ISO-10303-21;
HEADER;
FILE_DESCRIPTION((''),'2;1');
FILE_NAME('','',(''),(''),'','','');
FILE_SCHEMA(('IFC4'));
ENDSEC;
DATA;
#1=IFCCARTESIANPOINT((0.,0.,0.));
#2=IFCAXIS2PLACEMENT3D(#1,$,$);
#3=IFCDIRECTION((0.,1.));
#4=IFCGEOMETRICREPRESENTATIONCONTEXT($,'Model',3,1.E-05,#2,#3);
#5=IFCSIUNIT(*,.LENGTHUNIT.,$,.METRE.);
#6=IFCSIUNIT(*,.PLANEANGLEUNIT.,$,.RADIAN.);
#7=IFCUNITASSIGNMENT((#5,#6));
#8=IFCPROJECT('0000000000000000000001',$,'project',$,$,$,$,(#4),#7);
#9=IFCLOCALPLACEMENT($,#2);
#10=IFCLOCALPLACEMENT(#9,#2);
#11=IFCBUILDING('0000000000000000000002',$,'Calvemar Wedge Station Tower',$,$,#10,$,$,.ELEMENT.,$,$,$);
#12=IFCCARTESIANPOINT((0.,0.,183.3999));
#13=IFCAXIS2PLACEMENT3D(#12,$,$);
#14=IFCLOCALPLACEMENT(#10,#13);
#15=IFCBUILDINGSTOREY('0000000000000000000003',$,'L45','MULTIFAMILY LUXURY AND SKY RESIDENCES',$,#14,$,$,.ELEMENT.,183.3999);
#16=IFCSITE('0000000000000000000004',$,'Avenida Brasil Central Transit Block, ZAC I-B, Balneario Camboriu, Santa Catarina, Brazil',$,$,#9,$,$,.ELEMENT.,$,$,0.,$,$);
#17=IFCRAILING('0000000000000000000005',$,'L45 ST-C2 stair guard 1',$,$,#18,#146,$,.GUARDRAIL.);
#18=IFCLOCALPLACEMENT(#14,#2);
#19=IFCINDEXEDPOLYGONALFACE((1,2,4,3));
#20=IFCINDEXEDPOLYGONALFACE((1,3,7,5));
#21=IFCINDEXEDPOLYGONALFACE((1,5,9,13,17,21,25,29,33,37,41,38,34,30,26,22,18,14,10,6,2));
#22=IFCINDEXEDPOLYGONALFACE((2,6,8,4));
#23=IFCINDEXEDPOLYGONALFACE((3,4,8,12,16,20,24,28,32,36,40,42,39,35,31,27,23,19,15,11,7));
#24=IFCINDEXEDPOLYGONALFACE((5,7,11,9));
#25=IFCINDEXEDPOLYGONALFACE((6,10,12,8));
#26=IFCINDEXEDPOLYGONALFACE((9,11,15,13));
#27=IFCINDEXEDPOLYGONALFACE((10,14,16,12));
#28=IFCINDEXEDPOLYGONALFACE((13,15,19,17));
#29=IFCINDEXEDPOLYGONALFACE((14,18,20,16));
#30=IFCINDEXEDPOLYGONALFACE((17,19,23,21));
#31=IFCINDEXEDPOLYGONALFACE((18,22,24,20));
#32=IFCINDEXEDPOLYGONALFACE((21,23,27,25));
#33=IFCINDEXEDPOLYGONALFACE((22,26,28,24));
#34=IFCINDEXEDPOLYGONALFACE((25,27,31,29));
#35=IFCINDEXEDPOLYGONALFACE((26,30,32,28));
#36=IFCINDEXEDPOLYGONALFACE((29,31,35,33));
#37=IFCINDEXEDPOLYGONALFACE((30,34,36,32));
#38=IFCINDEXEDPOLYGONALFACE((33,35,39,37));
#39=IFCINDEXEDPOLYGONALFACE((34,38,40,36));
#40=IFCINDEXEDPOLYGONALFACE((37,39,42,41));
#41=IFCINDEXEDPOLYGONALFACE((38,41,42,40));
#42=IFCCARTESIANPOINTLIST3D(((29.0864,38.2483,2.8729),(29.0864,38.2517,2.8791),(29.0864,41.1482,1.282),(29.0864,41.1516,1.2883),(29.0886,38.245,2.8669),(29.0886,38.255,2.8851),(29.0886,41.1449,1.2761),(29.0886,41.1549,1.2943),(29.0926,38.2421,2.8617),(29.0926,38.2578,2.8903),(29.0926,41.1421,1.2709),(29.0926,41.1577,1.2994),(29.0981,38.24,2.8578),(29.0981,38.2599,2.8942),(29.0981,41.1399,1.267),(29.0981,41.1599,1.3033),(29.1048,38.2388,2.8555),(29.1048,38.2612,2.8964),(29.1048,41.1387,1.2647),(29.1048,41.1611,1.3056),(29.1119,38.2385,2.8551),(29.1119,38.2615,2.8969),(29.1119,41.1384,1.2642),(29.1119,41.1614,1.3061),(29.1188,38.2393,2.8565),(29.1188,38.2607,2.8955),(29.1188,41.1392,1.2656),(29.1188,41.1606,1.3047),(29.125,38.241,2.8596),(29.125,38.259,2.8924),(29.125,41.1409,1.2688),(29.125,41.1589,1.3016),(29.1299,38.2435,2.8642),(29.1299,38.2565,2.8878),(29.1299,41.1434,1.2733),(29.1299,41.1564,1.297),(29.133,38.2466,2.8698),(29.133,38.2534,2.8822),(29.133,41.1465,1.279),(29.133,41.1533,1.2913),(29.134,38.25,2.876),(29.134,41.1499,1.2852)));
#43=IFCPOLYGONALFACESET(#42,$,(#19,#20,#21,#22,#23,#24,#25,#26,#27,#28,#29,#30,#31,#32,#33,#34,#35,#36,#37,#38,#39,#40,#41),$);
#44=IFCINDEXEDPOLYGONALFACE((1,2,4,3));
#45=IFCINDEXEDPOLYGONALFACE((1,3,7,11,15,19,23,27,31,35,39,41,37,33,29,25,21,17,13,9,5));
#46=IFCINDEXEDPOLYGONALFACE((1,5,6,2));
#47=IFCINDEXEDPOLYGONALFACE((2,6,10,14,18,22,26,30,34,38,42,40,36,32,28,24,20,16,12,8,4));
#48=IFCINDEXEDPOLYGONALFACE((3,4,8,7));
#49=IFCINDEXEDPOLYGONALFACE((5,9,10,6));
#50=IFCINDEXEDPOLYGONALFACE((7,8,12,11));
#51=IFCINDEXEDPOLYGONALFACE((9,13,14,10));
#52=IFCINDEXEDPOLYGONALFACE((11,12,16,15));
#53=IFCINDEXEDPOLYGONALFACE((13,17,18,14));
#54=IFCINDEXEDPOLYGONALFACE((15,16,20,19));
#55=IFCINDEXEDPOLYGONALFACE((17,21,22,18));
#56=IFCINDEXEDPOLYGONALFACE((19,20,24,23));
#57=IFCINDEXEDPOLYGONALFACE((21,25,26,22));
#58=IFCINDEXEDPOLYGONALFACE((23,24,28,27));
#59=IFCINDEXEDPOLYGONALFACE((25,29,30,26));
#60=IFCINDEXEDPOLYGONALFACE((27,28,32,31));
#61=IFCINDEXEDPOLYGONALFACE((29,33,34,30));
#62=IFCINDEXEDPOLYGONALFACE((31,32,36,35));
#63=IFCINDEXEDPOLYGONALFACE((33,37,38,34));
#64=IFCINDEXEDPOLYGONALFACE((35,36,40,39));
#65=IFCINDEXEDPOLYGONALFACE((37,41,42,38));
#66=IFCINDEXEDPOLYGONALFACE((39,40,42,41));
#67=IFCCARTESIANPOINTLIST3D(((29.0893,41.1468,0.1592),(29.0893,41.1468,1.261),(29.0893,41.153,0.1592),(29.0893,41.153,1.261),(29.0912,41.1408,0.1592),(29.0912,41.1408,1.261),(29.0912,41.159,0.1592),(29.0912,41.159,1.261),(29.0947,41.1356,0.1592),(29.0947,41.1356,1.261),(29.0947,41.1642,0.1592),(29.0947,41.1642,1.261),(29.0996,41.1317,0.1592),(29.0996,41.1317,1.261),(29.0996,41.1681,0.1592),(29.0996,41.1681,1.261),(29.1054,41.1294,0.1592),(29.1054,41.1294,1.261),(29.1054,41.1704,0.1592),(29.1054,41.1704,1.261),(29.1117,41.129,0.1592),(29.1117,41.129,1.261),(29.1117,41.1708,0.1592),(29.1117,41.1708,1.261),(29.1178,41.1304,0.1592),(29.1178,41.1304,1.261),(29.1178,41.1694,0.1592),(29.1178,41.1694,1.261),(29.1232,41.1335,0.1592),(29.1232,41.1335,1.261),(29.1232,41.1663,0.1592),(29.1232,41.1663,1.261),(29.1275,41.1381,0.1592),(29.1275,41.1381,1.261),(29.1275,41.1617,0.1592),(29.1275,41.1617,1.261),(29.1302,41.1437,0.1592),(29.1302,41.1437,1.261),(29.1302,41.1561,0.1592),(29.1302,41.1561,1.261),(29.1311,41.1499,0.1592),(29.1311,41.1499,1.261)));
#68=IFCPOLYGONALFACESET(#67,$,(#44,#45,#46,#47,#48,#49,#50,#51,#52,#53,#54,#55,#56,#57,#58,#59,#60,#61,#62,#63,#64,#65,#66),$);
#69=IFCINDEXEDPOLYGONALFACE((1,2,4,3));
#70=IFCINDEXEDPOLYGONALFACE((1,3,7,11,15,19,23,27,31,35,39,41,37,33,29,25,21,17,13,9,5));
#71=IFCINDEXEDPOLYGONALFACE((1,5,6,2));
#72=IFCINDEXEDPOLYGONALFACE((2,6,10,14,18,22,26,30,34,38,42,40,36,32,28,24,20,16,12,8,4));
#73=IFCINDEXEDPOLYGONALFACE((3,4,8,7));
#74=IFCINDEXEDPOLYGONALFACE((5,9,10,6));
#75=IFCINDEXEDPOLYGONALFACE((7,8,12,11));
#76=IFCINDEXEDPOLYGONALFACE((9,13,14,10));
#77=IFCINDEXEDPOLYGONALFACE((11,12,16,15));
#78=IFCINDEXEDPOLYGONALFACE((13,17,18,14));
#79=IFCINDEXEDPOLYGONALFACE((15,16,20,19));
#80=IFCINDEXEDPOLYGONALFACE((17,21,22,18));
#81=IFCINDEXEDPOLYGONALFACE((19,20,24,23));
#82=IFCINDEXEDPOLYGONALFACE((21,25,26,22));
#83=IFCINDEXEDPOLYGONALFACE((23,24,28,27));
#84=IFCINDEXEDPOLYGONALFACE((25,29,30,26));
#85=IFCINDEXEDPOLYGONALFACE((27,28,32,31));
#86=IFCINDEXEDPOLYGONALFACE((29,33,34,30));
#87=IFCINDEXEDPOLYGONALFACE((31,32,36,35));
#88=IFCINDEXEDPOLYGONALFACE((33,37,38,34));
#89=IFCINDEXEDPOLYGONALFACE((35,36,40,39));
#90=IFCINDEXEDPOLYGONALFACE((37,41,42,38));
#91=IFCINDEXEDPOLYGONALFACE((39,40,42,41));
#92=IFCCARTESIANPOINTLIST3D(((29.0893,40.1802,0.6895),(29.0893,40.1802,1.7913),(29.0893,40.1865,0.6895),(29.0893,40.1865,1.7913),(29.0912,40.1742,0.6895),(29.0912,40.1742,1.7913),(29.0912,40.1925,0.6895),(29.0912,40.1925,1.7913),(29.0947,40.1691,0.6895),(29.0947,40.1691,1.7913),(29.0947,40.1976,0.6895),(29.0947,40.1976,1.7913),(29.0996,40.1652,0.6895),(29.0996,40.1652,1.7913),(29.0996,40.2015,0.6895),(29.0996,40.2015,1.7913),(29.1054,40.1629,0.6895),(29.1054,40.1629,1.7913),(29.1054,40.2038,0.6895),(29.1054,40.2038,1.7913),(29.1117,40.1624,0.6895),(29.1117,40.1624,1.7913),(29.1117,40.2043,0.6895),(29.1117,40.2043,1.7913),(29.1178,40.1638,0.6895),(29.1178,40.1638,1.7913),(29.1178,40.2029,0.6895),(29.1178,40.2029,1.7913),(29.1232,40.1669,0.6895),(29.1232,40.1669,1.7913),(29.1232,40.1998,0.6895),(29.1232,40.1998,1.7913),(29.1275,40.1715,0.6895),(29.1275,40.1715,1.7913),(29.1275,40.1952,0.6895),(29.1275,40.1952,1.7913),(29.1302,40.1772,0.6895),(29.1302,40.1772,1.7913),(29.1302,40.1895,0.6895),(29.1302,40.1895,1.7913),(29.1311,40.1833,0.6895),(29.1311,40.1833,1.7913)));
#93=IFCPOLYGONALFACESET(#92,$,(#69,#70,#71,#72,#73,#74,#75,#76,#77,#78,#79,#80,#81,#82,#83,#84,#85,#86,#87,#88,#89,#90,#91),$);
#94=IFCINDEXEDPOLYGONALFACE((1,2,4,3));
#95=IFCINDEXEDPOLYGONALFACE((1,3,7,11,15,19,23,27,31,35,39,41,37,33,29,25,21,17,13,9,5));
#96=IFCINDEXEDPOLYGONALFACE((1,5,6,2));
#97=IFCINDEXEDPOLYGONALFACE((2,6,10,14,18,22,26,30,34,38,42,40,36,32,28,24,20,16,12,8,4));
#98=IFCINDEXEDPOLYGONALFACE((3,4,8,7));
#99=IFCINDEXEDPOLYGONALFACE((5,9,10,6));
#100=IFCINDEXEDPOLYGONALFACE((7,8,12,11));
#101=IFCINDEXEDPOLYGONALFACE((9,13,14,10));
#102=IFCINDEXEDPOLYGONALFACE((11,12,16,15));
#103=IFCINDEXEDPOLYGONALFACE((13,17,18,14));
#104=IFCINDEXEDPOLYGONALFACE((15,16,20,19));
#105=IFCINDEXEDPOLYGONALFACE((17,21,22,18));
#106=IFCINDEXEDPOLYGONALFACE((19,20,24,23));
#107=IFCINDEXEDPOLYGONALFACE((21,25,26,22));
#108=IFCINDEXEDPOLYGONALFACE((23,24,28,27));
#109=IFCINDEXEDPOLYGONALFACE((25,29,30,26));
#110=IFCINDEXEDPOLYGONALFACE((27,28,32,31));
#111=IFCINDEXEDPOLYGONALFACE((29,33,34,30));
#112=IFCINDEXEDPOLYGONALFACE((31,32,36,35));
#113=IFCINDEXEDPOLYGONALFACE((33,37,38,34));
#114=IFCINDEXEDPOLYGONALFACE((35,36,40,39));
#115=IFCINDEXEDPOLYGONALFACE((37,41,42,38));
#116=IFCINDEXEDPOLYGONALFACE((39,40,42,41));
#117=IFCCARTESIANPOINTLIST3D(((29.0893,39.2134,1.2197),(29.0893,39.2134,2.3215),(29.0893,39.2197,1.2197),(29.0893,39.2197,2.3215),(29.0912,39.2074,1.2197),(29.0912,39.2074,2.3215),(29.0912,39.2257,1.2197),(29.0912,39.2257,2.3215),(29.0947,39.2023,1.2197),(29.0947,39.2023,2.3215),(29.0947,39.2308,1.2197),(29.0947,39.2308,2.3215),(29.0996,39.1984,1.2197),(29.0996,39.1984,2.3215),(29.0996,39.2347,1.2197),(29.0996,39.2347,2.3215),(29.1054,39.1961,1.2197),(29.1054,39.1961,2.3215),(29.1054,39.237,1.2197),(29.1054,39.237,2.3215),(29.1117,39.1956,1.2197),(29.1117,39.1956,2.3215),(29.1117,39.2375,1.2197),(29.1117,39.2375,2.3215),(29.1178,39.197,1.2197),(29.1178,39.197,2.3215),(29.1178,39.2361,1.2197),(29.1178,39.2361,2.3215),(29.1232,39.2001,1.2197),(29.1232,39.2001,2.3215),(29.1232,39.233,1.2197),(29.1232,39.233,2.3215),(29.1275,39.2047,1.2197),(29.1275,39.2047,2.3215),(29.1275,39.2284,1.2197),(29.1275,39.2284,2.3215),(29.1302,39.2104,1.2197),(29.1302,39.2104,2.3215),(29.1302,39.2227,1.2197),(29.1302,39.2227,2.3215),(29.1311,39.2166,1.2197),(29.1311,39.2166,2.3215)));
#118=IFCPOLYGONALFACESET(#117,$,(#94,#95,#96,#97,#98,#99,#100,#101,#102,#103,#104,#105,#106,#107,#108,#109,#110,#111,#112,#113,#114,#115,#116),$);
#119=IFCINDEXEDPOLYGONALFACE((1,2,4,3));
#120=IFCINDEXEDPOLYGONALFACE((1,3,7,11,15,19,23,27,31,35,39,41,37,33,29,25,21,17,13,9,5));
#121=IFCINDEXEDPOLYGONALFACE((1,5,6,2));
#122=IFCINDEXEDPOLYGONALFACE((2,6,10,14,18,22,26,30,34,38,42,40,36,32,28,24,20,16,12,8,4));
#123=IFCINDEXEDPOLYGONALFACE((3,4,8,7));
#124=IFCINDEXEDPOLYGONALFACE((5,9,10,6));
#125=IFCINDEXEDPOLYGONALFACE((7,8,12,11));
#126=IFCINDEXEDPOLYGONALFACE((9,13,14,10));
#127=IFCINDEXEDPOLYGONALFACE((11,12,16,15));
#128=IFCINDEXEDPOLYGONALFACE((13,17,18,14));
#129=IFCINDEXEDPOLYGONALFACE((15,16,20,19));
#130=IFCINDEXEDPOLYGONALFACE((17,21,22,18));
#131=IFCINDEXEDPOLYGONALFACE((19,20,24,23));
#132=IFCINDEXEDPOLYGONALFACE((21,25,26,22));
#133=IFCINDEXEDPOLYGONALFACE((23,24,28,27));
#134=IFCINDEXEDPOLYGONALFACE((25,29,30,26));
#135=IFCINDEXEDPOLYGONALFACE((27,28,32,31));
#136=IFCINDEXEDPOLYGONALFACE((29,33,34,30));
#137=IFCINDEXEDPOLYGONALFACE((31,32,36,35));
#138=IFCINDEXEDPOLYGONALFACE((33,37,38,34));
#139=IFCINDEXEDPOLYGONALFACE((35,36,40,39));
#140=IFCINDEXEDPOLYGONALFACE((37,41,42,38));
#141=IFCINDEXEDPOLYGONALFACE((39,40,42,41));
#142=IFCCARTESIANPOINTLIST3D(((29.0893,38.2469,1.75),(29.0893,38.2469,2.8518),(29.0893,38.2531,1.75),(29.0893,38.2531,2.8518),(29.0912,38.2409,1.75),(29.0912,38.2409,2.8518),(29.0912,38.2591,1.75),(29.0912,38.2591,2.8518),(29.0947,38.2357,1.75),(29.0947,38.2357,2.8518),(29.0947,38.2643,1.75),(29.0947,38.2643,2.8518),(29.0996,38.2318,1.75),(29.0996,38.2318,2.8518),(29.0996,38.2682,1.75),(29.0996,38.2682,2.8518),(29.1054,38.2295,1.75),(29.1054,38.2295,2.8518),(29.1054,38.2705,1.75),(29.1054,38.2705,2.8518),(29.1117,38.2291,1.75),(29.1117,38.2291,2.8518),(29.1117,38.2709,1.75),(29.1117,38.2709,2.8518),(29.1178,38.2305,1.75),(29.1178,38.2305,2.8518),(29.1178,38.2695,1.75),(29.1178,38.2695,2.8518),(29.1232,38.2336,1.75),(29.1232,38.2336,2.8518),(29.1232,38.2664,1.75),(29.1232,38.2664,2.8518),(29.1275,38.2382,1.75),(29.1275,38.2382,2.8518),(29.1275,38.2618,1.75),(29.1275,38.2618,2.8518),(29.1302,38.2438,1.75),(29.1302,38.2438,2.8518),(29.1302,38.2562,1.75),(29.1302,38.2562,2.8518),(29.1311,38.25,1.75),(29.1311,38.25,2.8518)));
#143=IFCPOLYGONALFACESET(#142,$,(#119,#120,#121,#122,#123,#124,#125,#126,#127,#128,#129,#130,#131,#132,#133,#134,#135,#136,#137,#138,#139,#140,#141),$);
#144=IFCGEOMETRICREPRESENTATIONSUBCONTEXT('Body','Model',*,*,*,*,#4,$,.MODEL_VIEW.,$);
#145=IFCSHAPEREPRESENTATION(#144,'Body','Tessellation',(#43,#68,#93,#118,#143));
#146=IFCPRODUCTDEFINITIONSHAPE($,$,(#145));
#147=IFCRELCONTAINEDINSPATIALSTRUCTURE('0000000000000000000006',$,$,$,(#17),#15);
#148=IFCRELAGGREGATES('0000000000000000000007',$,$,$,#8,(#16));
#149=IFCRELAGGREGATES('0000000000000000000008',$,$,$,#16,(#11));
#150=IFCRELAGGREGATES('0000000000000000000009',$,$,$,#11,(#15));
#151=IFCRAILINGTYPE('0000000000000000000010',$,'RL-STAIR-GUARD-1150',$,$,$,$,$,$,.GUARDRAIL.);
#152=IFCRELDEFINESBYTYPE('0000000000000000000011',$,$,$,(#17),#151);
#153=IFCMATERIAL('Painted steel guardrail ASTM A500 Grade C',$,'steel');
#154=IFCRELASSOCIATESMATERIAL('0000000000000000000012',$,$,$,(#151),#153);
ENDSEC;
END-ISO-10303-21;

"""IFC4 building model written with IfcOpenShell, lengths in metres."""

from ifc_helpers import new_model, si_unit, direction, frame, origin, origin_2d, place, context, subcontext, project, spatial, circle, extrude, material, type_object, element, save


model = new_model("IFC4")

# Units and contexts
model_context = context("Model", 3, precision=1e-05, world=origin(), true_north=direction((0.0, 1.0)))
body_context = subcontext(model_context, "Body", "Model", "MODEL_VIEW")
ifc_project = project(units=[si_unit("LENGTHUNIT", "METRE"), si_unit("PLANEANGLEUNIT", "RADIAN")], contexts=[model_context])

# Site, building, storey
site_placement = place(None, origin())
site = spatial("IfcSite", under=ifc_project, at=site_placement, Name="Avenida Brasil Central Transit Block, ZAC I-B, Balneario Camboriu, Santa Catarina, Brazil", CompositionType="ELEMENT", RefElevation=0.0)
building_placement = place(site_placement, origin())
building = spatial("IfcBuilding", under=site, at=building_placement, Name="Calvemar Wedge Station Tower", CompositionType="ELEMENT")
storey_placement = place(building_placement, frame((0.0, 0.0, 183.3999)))
storey = spatial("IfcBuildingStorey", under=building, at=storey_placement, Name="L45", Description="MULTIFAMILY LUXURY AND SKY RESIDENCES", CompositionType="ELEMENT", Elevation=183.3999)

# Railing
ifc_material_1 = material(Name="Painted steel guardrail ASTM A500 Grade C", Category="steel")
railing_type_1 = type_object("IfcRailingType", Name="RL-STAIR-GUARD-1150", PredefinedType="GUARDRAIL", material=ifc_material_1)
railing_1_placement = place(storey_placement, frame((29.1101, 41.1499, 0.1592)))
element("IfcRailing", 1, at=railing_1_placement, inside=storey, type_object=railing_type_1, Name="L45 ST-C2 stair guard 1", PredefinedType="GUARDRAIL", context=body_context, shape_type="SweptSolid", body=[
    extrude(circle(Radius=0.0239, at=origin_2d()), frame((0.0, 0.0, 1.126), z_axis=(0.0, -0.876742, 0.480961), x_axis=(1.0, 0.0, 0.0)), (0.0, 0.0, 1.0), 3.3076),
    extrude(circle(Radius=0.021, at=origin_2d()), origin(), (0.0, 0.0, 1.0), 1.1018),
    extrude(circle(Radius=0.021, at=origin_2d()), frame((0.0, -0.9666, 0.5303)), (0.0, 0.0, 1.0), 1.1018),
    extrude(circle(Radius=0.021, at=origin_2d()), frame((0.0, -1.9333, 1.0605)), (0.0, 0.0, 1.0), 1.1018),
    extrude(circle(Radius=0.021, at=origin_2d()), frame((0.0, -2.8999, 1.5908)), (0.0, 0.0, 1.0), 1.1018),
])

save(model, "model.ifc")
